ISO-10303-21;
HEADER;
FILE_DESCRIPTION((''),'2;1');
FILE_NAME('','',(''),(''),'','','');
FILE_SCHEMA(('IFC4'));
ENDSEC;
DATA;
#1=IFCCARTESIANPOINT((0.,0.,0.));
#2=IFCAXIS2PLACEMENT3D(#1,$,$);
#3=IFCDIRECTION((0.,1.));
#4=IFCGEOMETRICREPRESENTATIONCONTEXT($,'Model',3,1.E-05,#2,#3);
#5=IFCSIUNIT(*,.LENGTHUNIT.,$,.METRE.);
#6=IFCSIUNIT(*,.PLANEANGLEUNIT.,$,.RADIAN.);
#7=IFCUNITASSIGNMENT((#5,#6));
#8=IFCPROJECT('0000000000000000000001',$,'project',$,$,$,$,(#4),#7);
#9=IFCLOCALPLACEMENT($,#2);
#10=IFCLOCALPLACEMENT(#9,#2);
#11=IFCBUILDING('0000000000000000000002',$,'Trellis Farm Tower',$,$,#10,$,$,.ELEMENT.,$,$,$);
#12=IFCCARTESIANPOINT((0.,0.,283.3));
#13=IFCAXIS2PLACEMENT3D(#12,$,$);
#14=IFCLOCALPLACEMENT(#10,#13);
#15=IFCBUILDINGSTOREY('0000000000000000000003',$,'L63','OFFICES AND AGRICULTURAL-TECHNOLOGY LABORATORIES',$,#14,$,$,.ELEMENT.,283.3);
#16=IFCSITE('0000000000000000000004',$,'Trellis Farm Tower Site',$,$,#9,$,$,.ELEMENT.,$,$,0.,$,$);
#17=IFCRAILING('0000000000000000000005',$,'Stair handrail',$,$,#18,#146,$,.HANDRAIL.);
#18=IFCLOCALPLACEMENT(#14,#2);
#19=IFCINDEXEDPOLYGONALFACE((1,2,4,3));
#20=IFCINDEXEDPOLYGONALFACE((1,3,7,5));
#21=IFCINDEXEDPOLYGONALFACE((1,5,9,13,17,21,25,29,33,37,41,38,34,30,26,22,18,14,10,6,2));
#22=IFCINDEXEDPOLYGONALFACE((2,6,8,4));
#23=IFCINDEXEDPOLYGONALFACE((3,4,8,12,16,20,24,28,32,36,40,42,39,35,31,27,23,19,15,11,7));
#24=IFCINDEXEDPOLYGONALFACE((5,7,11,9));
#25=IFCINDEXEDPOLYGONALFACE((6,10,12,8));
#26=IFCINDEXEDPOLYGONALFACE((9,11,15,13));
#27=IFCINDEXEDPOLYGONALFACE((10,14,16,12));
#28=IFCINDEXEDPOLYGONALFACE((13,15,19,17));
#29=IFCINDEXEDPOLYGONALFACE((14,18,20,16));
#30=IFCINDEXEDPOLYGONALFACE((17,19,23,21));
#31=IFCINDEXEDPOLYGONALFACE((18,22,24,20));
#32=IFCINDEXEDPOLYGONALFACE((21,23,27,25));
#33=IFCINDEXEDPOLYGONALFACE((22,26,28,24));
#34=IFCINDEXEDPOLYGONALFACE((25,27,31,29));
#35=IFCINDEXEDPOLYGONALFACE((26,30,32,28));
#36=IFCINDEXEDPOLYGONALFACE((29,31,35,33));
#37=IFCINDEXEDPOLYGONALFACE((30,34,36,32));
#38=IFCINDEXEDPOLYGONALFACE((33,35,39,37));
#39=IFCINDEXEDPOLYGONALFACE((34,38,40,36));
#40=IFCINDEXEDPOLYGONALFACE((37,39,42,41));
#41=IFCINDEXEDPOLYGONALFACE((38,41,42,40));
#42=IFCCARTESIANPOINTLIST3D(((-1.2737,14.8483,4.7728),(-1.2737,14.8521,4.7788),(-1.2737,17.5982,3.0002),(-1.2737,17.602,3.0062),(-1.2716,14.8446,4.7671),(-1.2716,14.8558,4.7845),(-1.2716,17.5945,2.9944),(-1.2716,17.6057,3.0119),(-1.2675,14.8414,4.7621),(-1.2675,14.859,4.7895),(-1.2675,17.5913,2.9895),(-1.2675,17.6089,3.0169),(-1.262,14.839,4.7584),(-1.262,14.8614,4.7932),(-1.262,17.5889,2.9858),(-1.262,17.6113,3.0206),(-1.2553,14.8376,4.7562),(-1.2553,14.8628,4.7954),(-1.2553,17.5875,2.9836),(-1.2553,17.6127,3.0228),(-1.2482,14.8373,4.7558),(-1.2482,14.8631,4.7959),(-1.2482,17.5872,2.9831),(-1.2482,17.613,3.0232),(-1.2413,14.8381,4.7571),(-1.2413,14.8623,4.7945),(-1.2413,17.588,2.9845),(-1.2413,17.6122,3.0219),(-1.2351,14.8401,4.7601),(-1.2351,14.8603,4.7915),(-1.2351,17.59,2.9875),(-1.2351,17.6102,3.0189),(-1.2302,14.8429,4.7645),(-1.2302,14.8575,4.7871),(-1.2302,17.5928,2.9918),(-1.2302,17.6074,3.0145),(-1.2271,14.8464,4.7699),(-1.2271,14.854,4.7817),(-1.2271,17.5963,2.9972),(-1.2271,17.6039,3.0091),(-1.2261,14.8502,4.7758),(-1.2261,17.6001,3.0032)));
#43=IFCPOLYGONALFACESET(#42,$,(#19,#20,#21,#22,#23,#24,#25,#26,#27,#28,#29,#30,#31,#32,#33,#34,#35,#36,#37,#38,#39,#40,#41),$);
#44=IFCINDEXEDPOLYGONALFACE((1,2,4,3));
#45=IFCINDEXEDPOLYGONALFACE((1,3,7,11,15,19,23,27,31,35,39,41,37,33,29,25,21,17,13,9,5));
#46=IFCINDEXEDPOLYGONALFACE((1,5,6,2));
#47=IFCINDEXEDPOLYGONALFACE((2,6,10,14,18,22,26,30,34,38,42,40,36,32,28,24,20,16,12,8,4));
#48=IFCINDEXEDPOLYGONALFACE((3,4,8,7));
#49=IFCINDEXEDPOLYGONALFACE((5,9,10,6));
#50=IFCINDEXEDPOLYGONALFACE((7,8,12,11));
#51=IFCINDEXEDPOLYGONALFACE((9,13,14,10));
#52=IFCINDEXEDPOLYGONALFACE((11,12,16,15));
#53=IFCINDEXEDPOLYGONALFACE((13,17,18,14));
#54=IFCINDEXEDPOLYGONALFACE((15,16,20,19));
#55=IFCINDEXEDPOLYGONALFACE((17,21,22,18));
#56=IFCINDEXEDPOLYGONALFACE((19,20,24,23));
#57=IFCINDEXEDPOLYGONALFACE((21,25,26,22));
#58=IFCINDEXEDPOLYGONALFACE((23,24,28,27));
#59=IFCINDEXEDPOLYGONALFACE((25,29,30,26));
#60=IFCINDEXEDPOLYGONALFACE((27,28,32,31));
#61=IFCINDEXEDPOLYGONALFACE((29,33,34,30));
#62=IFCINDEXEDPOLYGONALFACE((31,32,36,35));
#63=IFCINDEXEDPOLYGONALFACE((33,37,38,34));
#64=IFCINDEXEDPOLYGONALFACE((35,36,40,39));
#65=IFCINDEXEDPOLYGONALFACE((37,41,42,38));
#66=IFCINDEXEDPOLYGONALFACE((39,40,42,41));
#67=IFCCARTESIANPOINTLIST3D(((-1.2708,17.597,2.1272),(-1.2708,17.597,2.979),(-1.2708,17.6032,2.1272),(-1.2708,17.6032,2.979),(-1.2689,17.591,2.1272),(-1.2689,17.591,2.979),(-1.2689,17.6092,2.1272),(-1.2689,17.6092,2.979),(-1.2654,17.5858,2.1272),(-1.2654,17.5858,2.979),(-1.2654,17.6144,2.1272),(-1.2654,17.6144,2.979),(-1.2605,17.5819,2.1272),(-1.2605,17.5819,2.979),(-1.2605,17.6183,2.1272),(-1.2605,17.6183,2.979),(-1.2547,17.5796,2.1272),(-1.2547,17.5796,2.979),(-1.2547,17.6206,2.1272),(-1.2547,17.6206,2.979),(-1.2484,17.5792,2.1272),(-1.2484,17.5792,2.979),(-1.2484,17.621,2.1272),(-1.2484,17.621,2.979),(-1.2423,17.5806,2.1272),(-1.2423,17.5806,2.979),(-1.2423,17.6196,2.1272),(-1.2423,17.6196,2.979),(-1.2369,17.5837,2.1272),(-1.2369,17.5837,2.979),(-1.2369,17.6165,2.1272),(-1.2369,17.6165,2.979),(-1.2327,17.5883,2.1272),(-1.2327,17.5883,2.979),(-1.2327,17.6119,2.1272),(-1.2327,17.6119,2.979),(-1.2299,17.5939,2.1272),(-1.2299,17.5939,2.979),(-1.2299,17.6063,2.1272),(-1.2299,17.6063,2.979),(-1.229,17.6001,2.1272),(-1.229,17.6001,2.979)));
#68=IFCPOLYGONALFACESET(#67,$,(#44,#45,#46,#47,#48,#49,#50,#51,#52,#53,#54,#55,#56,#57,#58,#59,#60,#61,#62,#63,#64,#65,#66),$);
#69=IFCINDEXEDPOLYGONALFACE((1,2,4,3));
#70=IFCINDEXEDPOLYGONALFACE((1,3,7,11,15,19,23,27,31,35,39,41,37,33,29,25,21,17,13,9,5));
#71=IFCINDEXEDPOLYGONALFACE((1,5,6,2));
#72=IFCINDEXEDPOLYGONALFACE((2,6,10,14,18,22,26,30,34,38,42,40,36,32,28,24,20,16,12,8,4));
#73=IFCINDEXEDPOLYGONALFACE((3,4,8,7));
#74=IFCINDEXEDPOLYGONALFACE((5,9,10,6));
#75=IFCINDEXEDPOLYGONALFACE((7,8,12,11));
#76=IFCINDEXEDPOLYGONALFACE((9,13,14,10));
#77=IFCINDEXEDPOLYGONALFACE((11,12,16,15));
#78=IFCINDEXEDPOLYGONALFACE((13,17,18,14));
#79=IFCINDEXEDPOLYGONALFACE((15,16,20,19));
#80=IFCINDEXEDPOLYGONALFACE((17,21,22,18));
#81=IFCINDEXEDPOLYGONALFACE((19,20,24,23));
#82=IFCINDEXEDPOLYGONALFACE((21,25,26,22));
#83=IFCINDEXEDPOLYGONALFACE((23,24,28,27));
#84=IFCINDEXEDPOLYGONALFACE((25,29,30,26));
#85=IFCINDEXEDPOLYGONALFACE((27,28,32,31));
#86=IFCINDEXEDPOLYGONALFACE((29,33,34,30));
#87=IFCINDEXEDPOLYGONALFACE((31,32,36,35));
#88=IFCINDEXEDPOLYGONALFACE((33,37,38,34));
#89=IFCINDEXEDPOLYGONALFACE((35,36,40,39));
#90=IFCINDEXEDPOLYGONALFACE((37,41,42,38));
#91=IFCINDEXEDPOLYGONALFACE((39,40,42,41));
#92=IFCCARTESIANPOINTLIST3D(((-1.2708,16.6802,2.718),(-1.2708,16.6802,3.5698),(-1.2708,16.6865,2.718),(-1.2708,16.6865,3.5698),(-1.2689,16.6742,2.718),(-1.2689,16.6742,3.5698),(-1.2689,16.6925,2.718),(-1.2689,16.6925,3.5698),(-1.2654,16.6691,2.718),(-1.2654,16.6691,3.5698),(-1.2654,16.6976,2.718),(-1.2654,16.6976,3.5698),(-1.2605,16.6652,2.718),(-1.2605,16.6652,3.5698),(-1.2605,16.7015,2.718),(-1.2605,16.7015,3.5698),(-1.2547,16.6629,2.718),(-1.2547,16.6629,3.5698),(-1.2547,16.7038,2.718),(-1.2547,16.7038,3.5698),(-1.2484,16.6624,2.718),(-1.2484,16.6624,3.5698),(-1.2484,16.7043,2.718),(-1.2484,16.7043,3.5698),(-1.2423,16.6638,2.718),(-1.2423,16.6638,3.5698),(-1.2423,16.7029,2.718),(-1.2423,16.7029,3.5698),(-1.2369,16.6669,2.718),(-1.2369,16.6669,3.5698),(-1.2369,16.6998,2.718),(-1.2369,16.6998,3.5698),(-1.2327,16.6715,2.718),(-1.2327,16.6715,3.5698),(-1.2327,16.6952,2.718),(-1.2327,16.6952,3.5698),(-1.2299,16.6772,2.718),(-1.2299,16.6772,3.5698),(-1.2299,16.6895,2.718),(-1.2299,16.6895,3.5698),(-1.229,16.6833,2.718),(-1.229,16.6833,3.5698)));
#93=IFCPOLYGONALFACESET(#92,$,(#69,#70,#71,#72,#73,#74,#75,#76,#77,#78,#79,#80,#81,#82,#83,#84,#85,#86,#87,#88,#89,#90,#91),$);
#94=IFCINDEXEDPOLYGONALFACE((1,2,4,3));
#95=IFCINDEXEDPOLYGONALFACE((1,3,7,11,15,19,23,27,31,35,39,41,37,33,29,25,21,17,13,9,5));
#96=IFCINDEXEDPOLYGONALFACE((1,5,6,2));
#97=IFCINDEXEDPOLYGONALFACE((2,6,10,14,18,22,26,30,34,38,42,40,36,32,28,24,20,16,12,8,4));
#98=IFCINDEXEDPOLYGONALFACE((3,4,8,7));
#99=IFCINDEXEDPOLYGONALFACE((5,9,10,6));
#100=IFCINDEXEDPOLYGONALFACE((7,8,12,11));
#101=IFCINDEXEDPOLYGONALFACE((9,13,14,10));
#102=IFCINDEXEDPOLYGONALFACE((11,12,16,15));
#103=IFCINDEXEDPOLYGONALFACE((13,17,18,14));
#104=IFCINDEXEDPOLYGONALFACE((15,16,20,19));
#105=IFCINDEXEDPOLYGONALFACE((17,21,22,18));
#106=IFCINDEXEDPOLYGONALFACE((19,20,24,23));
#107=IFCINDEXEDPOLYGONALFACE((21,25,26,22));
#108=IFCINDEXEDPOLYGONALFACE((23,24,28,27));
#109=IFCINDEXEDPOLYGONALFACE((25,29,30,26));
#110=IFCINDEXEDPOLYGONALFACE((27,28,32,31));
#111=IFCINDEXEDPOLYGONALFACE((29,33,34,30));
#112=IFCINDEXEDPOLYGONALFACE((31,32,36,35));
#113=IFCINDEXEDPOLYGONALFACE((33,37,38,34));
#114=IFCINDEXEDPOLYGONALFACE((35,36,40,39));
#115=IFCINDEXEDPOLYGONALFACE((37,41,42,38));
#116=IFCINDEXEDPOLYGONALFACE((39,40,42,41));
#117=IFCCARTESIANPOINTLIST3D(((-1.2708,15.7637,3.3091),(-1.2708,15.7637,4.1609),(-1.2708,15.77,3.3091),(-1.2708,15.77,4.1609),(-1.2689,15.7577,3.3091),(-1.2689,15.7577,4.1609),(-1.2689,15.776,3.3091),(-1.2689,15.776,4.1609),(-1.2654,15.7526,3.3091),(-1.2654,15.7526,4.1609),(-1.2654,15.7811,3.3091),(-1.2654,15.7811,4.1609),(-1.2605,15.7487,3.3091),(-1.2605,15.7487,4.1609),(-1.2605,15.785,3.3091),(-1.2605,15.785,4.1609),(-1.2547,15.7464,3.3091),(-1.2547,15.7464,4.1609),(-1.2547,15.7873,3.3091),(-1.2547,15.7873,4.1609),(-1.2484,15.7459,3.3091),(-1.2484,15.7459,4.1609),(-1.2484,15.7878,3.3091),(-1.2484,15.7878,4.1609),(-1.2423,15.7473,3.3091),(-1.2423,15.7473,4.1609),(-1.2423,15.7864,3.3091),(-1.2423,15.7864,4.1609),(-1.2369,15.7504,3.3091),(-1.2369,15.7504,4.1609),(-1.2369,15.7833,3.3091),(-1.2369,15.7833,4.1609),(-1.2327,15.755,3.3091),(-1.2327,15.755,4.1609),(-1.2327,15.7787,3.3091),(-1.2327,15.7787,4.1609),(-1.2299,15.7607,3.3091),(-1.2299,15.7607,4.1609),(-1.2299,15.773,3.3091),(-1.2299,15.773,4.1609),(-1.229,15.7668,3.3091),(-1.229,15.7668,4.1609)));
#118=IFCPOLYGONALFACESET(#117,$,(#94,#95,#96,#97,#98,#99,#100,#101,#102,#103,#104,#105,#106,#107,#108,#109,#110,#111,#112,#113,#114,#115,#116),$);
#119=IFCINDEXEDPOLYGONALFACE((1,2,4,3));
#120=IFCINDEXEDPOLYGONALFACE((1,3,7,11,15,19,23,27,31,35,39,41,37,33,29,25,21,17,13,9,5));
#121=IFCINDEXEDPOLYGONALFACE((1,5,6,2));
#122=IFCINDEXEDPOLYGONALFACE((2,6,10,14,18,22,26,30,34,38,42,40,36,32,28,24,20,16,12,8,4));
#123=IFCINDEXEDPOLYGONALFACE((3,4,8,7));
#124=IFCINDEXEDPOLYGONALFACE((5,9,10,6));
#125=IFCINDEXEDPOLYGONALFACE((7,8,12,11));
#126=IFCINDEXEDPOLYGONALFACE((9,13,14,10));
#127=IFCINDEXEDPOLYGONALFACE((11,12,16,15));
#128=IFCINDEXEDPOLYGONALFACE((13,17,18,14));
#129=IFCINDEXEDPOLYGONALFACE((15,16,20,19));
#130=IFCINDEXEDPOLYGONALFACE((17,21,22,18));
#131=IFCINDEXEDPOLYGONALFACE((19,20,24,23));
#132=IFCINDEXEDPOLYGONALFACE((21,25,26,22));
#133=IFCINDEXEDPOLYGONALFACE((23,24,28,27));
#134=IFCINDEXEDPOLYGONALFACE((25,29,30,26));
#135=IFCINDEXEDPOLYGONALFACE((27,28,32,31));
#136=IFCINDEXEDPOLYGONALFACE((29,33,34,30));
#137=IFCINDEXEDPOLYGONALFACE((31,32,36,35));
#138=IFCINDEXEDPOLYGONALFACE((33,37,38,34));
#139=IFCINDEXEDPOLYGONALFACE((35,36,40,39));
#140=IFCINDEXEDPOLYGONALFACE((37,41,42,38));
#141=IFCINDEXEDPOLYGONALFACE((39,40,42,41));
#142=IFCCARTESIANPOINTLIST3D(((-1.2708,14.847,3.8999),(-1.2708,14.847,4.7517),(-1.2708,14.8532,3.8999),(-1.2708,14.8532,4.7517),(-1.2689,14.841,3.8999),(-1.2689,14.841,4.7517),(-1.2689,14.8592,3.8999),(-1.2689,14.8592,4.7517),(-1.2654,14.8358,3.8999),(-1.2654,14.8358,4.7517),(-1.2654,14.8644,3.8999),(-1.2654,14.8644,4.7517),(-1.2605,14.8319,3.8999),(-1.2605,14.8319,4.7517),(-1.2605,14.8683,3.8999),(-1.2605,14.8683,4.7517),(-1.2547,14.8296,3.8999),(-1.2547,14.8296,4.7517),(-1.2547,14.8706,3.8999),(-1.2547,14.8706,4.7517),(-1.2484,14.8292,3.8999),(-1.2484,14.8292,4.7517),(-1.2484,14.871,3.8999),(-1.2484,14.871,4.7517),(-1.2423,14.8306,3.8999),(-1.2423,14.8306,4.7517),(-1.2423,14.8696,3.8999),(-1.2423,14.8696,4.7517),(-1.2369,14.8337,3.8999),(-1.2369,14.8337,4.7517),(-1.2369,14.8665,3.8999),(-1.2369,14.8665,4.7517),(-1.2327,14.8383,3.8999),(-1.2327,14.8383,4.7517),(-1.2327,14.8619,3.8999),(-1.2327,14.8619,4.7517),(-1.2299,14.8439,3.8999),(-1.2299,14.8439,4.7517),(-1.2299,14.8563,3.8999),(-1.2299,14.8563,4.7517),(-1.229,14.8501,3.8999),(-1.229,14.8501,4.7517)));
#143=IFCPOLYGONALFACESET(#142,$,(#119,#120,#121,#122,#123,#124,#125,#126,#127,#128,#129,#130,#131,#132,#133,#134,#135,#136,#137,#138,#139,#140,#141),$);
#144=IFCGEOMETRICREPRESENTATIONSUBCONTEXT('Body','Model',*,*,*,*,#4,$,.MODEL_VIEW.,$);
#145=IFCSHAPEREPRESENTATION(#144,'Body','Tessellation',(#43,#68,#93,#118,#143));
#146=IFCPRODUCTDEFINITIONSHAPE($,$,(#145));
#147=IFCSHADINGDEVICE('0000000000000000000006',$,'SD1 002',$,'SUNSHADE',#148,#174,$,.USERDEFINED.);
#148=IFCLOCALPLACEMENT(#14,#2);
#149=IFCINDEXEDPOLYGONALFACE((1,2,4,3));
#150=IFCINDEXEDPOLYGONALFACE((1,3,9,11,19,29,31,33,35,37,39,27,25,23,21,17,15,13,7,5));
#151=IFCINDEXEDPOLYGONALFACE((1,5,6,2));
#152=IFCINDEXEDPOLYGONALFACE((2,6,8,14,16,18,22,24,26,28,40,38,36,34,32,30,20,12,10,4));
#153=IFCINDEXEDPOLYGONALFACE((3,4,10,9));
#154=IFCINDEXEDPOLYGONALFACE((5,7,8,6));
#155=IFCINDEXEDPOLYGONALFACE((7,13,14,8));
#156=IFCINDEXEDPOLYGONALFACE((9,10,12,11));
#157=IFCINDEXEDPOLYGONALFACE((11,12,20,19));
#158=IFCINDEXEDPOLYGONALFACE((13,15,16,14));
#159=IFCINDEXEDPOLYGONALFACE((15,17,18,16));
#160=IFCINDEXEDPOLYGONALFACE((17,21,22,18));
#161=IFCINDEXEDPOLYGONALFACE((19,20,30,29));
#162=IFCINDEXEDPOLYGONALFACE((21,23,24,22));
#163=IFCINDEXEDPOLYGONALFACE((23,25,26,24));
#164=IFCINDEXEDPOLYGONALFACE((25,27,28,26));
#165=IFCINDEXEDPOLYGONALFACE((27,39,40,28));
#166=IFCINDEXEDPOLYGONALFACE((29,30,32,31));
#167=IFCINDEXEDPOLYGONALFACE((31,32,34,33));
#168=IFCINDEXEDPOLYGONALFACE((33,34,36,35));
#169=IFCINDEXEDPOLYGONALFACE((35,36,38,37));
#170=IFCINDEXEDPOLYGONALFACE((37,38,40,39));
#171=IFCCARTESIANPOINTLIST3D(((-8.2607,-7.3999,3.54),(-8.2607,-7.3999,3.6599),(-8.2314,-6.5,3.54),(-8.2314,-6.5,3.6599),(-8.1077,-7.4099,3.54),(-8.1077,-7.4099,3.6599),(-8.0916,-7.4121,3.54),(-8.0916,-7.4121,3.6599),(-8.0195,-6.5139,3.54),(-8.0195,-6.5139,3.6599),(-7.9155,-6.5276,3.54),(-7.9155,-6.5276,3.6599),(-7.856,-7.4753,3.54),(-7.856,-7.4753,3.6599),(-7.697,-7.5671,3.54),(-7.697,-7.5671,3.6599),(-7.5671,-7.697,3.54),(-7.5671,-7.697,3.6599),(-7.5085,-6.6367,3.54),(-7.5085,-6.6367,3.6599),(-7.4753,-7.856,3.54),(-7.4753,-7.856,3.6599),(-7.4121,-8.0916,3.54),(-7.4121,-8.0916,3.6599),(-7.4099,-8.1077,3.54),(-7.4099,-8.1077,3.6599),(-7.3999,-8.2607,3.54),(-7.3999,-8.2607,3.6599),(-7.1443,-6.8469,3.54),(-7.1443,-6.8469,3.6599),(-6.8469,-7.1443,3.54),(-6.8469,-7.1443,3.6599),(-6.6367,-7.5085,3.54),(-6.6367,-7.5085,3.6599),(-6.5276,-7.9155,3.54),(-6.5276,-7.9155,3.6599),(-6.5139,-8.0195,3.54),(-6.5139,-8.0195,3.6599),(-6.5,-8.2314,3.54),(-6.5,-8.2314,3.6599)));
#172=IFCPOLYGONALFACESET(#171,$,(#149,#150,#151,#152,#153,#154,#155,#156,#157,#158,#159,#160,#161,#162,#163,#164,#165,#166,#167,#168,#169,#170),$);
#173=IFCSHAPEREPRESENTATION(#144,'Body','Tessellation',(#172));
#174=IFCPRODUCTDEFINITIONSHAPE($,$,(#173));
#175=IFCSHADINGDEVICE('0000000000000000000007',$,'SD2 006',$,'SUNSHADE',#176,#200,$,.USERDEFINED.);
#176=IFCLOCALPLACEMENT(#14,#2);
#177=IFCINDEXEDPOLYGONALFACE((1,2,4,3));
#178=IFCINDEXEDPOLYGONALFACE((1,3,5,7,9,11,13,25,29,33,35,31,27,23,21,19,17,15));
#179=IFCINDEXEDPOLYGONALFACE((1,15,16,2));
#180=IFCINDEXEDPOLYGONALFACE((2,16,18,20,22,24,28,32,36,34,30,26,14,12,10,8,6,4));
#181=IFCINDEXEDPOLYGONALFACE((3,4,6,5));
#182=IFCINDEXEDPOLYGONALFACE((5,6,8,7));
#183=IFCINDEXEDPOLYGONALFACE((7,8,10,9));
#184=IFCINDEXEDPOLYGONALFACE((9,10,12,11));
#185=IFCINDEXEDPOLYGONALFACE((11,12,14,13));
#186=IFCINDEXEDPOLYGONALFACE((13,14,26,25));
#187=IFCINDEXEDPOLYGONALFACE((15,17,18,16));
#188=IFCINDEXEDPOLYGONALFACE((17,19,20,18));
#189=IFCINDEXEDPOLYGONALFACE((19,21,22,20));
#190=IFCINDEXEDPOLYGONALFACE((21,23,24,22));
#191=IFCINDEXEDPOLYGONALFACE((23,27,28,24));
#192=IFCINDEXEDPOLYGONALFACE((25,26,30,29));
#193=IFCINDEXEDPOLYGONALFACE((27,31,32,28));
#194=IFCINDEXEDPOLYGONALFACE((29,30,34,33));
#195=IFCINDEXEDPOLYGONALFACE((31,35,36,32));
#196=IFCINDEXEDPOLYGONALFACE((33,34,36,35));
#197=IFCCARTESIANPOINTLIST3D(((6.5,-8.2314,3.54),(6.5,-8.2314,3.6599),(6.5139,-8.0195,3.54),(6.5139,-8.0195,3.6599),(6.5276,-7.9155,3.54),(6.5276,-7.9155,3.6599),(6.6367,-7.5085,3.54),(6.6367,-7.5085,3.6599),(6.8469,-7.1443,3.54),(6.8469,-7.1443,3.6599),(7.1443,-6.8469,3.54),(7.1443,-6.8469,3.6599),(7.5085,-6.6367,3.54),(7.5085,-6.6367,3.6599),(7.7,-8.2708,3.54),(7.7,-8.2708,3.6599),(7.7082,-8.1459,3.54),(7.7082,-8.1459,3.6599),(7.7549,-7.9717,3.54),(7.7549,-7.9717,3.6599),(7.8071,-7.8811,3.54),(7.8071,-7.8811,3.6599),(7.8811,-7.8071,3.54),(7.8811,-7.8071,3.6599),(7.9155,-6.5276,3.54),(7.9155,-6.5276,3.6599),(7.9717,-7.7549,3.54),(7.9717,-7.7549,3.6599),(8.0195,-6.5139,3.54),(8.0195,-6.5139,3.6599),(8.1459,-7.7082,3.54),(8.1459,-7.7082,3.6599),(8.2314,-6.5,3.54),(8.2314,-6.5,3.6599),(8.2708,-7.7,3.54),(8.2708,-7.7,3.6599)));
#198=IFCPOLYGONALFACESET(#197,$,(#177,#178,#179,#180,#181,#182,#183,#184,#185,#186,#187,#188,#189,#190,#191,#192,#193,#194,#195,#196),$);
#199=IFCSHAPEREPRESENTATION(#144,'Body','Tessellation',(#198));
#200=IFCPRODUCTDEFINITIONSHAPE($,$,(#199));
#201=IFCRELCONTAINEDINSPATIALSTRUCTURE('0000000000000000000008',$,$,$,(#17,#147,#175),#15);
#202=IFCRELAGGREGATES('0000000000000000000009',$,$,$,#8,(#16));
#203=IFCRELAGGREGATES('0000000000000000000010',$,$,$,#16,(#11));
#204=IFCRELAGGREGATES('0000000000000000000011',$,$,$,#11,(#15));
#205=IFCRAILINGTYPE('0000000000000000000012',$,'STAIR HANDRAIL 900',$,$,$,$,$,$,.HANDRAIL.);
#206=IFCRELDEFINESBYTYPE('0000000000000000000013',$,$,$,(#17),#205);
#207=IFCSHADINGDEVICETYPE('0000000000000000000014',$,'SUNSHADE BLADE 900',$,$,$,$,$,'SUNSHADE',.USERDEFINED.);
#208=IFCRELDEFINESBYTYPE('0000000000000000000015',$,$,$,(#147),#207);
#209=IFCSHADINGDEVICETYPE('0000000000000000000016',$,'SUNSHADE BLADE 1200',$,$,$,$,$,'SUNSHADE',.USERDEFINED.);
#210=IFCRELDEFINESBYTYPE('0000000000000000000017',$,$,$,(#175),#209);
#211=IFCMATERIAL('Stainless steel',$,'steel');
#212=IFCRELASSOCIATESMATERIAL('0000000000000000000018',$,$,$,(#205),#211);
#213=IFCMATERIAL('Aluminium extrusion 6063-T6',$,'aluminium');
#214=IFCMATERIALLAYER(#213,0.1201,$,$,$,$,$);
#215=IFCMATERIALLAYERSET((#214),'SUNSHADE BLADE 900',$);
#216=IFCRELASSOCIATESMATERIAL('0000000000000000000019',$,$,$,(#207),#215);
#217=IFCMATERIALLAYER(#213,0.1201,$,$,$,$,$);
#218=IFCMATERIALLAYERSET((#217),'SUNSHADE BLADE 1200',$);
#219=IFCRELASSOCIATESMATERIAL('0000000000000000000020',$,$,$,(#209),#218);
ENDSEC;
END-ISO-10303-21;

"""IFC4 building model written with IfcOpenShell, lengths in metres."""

from ifc_helpers import new_model, si_unit, direction, frame, origin, origin_2d, place, context, subcontext, project, spatial, polyline, circle, outline, extrude, source, transform, mapped, material, layer, layer_set, type_object, element, save


model = new_model("IFC4")

# Units and contexts
model_context = context("Model", 3, precision=1e-05, world=origin(), true_north=direction((0.0, 1.0)))
body_context = subcontext(model_context, "Body", "Model", "MODEL_VIEW")
ifc_project = project(units=[si_unit("LENGTHUNIT", "METRE"), si_unit("PLANEANGLEUNIT", "RADIAN")], contexts=[model_context])

# Site, building, storey
site_placement = place(None, origin())
site = spatial("IfcSite", under=ifc_project, at=site_placement, Name="Trellis Farm Tower Site", CompositionType="ELEMENT", RefElevation=0.0)
building_placement = place(site_placement, origin())
building = spatial("IfcBuilding", under=site, at=building_placement, Name="Trellis Farm Tower", CompositionType="ELEMENT")
storey_placement = place(building_placement, frame((0.0, 0.0, 283.3)))
storey = spatial("IfcBuildingStorey", under=building, at=storey_placement, Name="L63", Description="OFFICES AND AGRICULTURAL-TECHNOLOGY LABORATORIES", CompositionType="ELEMENT", Elevation=283.3)

# Shared definitions
ifc_material_1 = material(Name="Aluminium extrusion 6063-T6", Category="aluminium")

# Railing
ifc_material_2 = material(Name="Stainless steel", Category="steel")
railing_type = type_object("IfcRailingType", Name="STAIR HANDRAIL 900", PredefinedType="HANDRAIL", material=ifc_material_2)
shared_shape_1 = source(origin(), body_context, "Body", "SweptSolid", [
    extrude(circle(Radius=0.0239, at=origin_2d()), frame((0.0, 0.0, 0.876), z_axis=(0.0, -0.840504, 0.541806), x_axis=(1.0, 0.0, 0.0)), (0.0, 0.0, 1.0), 3.2717),
    extrude(circle(Radius=0.021, at=origin_2d()), origin(), (0.0, 0.0, 1.0), 0.8518),
    extrude(circle(Radius=0.021, at=origin_2d()), frame((0.0, -0.9167, 0.5908)), (0.0, 0.0, 1.0), 0.8518),
    extrude(circle(Radius=0.021, at=origin_2d()), frame((0.0, -1.8333, 1.1819)), (0.0, 0.0, 1.0), 0.8518),
    extrude(circle(Radius=0.021, at=origin_2d()), frame((0.0, -2.75, 1.7727)), (0.0, 0.0, 1.0), 0.8518),
])
railing_placement = place(storey_placement, frame((-1.25, 17.6001, 2.1272)))
element("IfcRailing", 1, at=railing_placement, inside=storey, type_object=railing_type, Name="Stair handrail", PredefinedType="HANDRAIL", context=body_context, shape_type="MappedRepresentation", body=[
    mapped(shared_shape_1, transform((0.0, 0.0, 0.0))),
])

# Shading devices
ifc_layer_1 = layer(ifc_material_1, 0.1201)
ifc_layer_set_1 = layer_set([ifc_layer_1], Name="SUNSHADE BLADE 900")
shading_device_type_1 = type_object("IfcShadingDeviceType", Name="SUNSHADE BLADE 900", ElementType="SUNSHADE", PredefinedType="USERDEFINED", material=ifc_layer_set_1)
shared_shape_2 = source(origin(), body_context, "Body", "SweptSolid", [
    extrude(outline(polyline([(-8.2607, -7.3999), (-8.1077, -7.4099), (-8.0916, -7.4121), (-7.856, -7.4753), (-7.697, -7.5671), (-7.5671, -7.697), (-7.4753, -7.856), (-7.4121, -8.0916), (-7.4099, -8.1077), (-7.3999, -8.2607), (-6.5, -8.2314), (-6.5139, -8.0195), (-6.5276, -7.9155), (-6.6367, -7.5085), (-6.8469, -7.1443), (-7.1443, -6.8469), (-7.5085, -6.6367), (-7.9155, -6.5276), (-8.0195, -6.5139), (-8.2314, -6.5), (-8.2607, -7.3999)])), origin(), (0.0, 0.0, 1.0), 0.1199),
])
placement_1 = place(storey_placement, frame((0.0, 0.0, 3.54)))
element("IfcShadingDevice", 2, at=placement_1, inside=storey, type_object=shading_device_type_1, Name="SD1 002", ObjectType="SUNSHADE", PredefinedType="USERDEFINED", context=body_context, shape_type="MappedRepresentation", body=[
    mapped(shared_shape_2, transform((0.0, 0.0, 0.0))),
])
ifc_layer_2 = layer(ifc_material_1, 0.1201)
ifc_layer_set_2 = layer_set([ifc_layer_2], Name="SUNSHADE BLADE 1200")
shading_device_type_2 = type_object("IfcShadingDeviceType", Name="SUNSHADE BLADE 1200", ElementType="SUNSHADE", PredefinedType="USERDEFINED", material=ifc_layer_set_2)
shared_shape_3 = source(origin(), body_context, "Body", "SweptSolid", [
    extrude(outline(polyline([(7.7, -8.2708), (7.7087, -8.1372), (7.707, -8.1501), (7.7549, -7.9717), (7.8071, -7.8811), (7.8811, -7.8071), (7.9717, -7.7549), (8.1501, -7.707), (8.1372, -7.7087), (8.2708, -7.7), (8.2314, -6.5), (8.0195, -6.5139), (7.9155, -6.5276), (7.5085, -6.6367), (7.1443, -6.8469), (6.8469, -7.1443), (6.6367, -7.5085), (6.5276, -7.9155), (6.5139, -8.0195), (6.5, -8.2314), (7.7, -8.2708)])), origin(), (0.0, 0.0, 1.0), 0.1199),
])
element("IfcShadingDevice", 3, at=placement_1, inside=storey, type_object=shading_device_type_2, Name="SD2 006", ObjectType="SUNSHADE", PredefinedType="USERDEFINED", context=body_context, shape_type="MappedRepresentation", body=[
    mapped(shared_shape_3, transform((0.0, 0.0, 0.0))),
])

save(model, "model.ifc")
